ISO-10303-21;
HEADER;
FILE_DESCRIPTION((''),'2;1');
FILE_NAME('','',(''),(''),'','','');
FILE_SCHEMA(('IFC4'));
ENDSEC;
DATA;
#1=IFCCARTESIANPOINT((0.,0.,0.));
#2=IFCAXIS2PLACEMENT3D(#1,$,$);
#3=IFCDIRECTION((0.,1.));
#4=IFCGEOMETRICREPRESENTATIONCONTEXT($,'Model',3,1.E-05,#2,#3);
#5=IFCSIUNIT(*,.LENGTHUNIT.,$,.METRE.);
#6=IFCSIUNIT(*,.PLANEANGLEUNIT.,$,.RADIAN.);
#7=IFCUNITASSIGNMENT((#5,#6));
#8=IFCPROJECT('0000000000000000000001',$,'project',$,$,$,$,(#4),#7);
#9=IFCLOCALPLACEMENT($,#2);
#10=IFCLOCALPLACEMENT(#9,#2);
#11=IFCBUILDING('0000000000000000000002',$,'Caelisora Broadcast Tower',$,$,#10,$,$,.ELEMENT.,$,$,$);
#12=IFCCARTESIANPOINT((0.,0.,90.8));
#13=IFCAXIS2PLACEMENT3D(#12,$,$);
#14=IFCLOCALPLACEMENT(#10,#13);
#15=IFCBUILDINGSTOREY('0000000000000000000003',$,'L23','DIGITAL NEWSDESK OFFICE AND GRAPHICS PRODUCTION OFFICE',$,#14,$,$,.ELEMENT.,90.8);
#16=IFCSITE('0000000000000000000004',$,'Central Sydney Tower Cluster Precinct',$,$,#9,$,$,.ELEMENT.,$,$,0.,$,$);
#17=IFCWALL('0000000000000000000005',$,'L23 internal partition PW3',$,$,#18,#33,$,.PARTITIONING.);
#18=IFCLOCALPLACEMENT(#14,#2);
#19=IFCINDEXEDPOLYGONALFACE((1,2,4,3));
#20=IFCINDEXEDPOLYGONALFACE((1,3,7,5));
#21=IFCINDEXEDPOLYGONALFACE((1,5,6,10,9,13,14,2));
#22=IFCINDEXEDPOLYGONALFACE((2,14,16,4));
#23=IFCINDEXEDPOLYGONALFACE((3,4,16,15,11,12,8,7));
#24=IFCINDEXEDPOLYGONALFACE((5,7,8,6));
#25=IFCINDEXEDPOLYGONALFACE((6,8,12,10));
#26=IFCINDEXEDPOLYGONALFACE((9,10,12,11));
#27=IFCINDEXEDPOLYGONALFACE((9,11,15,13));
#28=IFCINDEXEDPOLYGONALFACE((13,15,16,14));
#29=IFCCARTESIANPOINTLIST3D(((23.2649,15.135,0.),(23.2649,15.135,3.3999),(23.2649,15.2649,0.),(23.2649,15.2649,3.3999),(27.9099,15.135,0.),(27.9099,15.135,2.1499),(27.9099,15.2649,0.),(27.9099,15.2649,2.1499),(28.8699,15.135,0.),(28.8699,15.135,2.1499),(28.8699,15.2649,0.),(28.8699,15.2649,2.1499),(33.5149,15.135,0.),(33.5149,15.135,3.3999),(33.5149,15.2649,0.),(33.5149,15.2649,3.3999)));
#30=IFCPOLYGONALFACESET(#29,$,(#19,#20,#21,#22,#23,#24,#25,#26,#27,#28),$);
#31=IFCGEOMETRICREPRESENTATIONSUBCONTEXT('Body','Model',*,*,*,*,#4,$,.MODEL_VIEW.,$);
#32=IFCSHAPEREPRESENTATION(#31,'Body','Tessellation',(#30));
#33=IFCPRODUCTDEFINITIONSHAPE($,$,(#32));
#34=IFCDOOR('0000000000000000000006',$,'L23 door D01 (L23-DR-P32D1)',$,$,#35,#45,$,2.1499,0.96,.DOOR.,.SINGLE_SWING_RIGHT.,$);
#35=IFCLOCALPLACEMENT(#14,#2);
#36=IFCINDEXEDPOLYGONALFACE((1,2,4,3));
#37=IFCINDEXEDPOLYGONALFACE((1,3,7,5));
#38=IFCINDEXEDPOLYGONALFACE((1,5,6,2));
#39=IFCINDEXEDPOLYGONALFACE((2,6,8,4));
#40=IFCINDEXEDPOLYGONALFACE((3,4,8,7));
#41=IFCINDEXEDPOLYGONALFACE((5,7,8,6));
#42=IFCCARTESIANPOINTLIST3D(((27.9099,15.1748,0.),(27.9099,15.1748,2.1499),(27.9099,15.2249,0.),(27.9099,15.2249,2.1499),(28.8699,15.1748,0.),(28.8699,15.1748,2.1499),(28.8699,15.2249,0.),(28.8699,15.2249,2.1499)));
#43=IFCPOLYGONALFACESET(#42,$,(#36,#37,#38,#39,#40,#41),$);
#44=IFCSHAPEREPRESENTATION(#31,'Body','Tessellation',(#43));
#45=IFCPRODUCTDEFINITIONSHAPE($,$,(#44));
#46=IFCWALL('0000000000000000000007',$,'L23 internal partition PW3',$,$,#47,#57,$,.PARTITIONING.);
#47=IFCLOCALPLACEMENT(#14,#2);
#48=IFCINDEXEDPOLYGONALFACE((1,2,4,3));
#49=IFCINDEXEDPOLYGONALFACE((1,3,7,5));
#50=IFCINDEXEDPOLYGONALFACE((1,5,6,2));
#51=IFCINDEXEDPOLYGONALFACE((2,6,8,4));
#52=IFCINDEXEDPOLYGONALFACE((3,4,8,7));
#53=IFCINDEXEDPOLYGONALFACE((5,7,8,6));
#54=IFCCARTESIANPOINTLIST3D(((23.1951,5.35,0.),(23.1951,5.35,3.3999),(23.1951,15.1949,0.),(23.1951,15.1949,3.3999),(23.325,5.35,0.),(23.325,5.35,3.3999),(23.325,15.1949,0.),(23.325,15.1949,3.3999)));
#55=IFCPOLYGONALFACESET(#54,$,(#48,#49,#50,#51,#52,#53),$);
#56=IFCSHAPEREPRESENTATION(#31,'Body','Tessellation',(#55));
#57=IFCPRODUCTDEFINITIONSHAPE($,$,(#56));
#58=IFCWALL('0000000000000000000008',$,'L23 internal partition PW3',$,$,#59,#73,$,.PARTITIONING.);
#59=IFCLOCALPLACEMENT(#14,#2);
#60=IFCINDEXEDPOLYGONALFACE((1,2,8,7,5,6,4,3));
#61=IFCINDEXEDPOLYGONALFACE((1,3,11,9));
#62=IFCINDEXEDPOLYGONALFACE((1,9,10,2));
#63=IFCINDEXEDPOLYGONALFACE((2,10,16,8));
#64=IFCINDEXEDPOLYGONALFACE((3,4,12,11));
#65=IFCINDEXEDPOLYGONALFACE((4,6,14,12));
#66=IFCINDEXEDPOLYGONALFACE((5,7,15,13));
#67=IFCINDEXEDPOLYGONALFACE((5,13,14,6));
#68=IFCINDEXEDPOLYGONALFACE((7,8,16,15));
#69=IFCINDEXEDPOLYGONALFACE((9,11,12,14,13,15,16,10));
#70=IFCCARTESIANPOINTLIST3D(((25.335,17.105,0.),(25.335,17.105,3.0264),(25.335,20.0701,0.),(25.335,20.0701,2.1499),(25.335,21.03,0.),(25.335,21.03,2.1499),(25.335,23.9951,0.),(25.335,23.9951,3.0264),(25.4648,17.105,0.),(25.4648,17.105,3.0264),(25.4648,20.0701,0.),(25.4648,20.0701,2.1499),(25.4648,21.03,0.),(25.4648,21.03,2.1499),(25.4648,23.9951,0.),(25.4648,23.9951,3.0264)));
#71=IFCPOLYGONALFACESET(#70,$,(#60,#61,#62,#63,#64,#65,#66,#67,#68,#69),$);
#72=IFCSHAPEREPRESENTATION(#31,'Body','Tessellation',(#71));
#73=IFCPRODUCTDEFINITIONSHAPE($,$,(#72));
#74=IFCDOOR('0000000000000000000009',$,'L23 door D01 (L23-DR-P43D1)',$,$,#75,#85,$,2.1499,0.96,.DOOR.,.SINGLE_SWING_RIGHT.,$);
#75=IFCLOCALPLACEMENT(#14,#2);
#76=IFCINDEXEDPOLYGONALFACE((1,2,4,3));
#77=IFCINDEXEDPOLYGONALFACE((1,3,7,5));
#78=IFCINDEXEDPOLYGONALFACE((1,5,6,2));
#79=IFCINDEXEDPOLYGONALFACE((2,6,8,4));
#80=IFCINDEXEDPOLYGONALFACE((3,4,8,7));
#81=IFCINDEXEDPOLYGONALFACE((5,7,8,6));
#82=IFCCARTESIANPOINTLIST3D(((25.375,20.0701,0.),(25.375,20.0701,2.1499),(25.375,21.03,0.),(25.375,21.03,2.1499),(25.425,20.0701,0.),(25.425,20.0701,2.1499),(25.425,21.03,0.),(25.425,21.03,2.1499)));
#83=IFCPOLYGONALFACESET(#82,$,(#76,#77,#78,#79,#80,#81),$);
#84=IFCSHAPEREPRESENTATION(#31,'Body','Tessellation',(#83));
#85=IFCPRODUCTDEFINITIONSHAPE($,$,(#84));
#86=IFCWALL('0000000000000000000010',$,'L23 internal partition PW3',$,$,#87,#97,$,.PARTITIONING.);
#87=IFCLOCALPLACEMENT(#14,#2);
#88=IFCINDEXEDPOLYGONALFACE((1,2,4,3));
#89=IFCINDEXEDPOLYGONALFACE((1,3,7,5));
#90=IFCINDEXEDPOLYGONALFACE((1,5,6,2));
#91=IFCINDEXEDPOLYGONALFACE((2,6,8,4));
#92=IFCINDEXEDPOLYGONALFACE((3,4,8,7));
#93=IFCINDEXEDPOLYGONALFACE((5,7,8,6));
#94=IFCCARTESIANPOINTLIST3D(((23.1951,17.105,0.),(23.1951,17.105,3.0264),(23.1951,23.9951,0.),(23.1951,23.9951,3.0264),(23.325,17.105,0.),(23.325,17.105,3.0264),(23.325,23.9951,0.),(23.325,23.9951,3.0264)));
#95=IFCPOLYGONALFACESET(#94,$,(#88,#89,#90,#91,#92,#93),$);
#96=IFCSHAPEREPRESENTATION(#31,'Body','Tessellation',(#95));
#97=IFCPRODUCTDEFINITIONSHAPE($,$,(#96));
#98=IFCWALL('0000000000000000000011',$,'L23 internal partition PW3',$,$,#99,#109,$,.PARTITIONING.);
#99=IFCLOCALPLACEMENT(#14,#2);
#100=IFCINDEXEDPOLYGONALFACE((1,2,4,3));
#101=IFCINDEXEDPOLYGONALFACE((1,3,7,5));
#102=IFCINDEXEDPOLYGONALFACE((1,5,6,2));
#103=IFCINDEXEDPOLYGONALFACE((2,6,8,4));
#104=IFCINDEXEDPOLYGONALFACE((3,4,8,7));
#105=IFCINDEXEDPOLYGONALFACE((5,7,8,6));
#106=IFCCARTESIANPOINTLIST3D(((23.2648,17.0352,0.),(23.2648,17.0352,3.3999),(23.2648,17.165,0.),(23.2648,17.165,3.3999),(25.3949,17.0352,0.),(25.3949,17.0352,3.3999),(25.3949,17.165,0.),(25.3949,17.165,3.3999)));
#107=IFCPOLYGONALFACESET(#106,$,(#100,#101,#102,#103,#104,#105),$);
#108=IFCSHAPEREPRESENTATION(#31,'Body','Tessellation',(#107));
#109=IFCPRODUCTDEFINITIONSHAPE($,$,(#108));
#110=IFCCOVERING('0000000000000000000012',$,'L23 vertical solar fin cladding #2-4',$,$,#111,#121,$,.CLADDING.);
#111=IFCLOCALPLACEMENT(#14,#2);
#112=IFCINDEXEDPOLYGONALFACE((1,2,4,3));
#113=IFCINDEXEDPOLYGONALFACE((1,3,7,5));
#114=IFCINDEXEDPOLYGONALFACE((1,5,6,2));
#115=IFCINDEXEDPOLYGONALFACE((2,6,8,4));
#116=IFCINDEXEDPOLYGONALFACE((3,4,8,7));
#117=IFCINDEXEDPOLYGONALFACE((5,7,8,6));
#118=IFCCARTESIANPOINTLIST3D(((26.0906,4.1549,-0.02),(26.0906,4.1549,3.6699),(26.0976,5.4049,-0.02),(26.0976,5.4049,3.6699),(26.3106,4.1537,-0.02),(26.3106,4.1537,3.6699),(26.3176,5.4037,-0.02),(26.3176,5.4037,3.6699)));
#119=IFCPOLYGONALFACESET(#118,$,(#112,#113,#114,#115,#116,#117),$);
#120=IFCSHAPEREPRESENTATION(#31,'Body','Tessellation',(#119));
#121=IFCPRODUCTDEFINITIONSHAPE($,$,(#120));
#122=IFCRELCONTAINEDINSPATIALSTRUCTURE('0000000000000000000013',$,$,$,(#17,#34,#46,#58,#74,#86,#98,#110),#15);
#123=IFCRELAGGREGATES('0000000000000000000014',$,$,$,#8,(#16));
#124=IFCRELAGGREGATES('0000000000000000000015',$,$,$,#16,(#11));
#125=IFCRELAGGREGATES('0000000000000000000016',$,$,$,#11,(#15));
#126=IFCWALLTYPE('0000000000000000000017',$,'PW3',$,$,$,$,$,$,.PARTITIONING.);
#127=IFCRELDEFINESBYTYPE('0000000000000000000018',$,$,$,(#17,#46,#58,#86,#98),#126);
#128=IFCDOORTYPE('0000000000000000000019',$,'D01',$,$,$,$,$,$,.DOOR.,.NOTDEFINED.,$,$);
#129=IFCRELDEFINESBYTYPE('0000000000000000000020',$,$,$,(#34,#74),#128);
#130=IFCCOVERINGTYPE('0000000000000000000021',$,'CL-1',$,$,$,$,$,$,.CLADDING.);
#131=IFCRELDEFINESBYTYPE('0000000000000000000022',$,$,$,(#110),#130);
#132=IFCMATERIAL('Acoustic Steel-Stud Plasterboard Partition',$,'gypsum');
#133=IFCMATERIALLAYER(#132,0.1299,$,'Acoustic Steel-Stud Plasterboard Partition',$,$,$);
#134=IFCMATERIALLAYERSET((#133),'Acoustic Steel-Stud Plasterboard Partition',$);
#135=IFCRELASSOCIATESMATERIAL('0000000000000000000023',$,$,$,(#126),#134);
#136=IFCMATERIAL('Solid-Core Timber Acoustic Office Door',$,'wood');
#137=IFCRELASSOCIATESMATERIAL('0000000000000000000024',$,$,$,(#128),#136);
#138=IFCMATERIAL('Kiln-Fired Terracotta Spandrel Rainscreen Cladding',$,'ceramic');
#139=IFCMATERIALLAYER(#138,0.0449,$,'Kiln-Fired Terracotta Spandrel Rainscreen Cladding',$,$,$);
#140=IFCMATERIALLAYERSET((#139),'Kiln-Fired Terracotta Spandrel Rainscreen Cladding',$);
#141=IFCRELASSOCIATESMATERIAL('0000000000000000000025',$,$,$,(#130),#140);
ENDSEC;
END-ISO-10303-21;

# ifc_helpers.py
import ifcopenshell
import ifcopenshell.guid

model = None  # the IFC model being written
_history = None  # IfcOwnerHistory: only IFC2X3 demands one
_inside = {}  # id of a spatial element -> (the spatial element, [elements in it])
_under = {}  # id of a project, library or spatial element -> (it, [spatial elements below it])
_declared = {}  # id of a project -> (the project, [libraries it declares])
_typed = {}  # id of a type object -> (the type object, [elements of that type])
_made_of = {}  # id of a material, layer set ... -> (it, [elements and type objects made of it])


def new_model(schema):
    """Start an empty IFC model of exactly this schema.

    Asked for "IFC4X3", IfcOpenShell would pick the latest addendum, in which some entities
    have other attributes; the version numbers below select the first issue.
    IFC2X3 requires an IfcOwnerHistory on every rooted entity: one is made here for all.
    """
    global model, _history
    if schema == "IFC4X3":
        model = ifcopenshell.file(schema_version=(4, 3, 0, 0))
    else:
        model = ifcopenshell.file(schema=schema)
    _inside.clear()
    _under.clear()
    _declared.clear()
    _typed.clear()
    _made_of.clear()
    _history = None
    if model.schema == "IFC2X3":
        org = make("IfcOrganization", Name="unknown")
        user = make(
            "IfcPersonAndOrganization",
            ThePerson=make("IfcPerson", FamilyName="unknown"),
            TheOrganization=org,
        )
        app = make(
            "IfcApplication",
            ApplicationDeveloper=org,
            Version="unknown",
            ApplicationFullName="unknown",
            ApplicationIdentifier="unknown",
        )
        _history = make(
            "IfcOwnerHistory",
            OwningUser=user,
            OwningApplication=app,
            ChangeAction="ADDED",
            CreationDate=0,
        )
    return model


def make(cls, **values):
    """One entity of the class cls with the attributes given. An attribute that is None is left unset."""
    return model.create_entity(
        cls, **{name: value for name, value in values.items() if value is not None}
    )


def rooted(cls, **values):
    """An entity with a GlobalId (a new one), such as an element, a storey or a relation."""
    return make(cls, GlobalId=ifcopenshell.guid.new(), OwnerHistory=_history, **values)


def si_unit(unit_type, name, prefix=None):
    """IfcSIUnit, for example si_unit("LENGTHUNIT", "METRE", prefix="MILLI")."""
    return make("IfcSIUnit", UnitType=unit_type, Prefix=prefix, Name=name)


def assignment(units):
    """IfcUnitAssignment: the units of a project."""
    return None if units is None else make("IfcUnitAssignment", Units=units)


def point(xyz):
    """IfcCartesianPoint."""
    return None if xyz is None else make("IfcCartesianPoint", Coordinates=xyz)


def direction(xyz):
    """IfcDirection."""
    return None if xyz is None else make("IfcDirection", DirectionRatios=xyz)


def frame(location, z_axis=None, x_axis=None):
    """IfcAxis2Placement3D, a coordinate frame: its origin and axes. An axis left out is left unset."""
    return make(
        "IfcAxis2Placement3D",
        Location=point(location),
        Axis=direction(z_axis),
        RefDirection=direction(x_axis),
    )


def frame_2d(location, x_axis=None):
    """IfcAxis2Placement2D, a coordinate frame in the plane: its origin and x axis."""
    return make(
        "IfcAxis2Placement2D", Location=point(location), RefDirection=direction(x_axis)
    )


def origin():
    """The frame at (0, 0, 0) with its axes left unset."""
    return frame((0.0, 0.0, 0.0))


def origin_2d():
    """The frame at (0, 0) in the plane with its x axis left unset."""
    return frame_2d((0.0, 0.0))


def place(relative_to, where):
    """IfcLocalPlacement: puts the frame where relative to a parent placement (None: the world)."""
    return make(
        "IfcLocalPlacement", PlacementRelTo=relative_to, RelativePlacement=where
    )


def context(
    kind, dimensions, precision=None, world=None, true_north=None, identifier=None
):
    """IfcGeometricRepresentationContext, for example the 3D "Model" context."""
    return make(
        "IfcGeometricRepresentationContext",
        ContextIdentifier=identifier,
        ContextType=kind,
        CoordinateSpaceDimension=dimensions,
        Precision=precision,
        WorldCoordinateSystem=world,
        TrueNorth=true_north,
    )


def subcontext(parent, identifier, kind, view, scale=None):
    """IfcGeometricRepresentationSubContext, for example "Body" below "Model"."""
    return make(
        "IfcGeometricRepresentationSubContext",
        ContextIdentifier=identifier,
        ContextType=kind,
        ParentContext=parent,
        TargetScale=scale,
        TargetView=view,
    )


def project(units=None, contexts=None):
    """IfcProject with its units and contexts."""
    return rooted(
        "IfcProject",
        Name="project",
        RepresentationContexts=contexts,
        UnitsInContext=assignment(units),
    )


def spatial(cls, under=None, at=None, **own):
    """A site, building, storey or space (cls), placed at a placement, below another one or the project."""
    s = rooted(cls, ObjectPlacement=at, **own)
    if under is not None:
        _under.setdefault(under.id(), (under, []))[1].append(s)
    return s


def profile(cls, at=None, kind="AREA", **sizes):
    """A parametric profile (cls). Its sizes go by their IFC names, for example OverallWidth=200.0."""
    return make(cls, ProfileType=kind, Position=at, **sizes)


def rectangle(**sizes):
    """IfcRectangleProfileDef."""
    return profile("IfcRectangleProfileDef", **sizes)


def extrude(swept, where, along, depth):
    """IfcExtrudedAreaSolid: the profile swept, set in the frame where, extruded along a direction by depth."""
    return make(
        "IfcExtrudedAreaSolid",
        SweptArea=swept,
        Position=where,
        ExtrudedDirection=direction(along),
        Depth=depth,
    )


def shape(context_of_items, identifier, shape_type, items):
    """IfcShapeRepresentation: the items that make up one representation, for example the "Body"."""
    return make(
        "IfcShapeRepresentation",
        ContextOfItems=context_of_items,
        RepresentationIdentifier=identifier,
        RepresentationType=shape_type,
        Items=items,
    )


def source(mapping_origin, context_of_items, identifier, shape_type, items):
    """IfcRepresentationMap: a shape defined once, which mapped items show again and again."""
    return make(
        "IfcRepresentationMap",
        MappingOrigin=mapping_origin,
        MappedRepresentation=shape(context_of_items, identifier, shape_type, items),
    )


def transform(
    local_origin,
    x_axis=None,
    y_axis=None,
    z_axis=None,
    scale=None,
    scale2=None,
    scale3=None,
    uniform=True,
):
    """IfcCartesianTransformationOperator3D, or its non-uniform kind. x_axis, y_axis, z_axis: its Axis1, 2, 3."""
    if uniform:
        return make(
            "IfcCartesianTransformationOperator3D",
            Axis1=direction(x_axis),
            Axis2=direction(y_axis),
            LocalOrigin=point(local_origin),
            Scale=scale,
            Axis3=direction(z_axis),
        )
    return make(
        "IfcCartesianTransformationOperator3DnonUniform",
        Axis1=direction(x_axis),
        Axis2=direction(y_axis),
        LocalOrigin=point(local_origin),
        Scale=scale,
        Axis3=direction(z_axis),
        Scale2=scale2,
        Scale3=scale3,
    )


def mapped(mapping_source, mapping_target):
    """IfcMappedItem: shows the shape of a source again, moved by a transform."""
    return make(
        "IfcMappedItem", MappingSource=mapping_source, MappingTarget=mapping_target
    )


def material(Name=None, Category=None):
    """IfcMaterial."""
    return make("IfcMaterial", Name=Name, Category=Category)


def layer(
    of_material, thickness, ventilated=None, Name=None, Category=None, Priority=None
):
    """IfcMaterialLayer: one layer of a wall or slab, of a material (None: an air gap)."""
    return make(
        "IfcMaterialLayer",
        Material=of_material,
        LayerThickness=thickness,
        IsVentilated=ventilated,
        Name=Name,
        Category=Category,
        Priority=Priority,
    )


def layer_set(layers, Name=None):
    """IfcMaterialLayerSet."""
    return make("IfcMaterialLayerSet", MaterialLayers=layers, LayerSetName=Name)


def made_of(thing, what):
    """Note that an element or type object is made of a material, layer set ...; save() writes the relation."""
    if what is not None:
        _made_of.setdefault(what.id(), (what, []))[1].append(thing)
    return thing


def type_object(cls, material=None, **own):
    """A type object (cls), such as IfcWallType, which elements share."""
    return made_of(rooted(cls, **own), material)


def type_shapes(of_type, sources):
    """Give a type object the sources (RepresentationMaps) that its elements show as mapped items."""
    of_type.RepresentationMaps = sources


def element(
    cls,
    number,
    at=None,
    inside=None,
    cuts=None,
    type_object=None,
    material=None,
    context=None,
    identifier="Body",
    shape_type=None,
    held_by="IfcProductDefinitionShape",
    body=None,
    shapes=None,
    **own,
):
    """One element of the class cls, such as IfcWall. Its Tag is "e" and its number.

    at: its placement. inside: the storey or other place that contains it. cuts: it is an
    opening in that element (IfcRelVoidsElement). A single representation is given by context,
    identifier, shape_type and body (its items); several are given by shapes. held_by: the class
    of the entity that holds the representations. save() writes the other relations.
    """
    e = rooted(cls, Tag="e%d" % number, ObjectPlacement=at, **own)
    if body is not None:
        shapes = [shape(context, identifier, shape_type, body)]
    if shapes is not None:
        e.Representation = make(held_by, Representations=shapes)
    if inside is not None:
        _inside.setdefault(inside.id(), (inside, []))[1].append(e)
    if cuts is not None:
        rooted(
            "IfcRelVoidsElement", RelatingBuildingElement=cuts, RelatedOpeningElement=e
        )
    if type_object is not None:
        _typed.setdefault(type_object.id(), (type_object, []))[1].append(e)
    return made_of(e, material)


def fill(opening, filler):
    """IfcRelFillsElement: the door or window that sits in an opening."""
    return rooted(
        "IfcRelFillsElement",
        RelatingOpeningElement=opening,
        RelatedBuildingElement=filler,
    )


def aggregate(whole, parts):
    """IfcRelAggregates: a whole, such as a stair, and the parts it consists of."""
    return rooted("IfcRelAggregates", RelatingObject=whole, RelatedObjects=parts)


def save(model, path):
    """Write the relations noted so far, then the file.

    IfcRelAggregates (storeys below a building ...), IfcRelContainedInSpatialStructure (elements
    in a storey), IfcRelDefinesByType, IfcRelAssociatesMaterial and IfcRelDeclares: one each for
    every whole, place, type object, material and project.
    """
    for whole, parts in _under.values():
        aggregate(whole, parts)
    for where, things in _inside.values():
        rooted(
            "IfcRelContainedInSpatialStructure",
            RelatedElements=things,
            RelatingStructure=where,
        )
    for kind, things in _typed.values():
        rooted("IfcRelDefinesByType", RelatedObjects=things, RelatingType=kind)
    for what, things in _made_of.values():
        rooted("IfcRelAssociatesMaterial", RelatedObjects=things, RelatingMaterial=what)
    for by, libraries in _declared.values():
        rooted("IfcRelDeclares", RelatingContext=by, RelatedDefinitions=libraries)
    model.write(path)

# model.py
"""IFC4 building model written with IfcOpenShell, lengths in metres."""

from ifc_helpers import new_model, si_unit, direction, frame, frame_2d, origin, origin_2d, place, context, subcontext, project, spatial, rectangle, extrude, source, transform, mapped, material, layer, layer_set, type_object, type_shapes, element, fill, save


model = new_model("IFC4")

# Units and contexts
model_context = context("Model", 3, precision=1e-05, world=origin(), true_north=direction((0.0, 1.0)))
body_context = subcontext(model_context, "Body", "Model", "MODEL_VIEW")
ifc_project = project(units=[si_unit("LENGTHUNIT", "METRE"), si_unit("PLANEANGLEUNIT", "RADIAN")], contexts=[model_context])

# Site, building, storey
site_placement = place(None, origin())
site = spatial("IfcSite", under=ifc_project, at=site_placement, Name="Central Sydney Tower Cluster Precinct", CompositionType="ELEMENT", RefElevation=0.0)
building_placement = place(site_placement, origin())
building = spatial("IfcBuilding", under=site, at=building_placement, Name="Caelisora Broadcast Tower", CompositionType="ELEMENT")
storey_placement = place(building_placement, frame((0.0, 0.0, 90.8)))
storey = spatial("IfcBuildingStorey", under=building, at=storey_placement, Name="L23", Description="DIGITAL NEWSDESK OFFICE AND GRAPHICS PRODUCTION OFFICE", CompositionType="ELEMENT", Elevation=90.8)

# Wall, opening, door
ifc_material_1 = material(Name="Acoustic Steel-Stud Plasterboard Partition", Category="gypsum")
ifc_layer_1 = layer(ifc_material_1, 0.1299, Name="Acoustic Steel-Stud Plasterboard Partition")
ifc_layer_set_1 = layer_set([ifc_layer_1], Name="Acoustic Steel-Stud Plasterboard Partition")
wall_type_1 = type_object("IfcWallType", Name="PW3", PredefinedType="PARTITIONING", material=ifc_layer_set_1)
wall_1_placement = place(storey_placement, frame((23.2649, 15.2, 0.0), z_axis=(0.0, 0.0, 1.0), x_axis=(1.0, 0.0, 0.0)))
wall_1 = element("IfcWall", 1, at=wall_1_placement, inside=storey, type_object=wall_type_1, Name="L23 internal partition PW3", PredefinedType="PARTITIONING", context=body_context, shape_type="SweptSolid", body=[
    extrude(rectangle(XDim=10.25, YDim=0.1299, at=frame_2d((5.125, 0.0))), origin(), (0.0, 0.0, 1.0), 3.3999),
])
opening_1_placement = place(wall_1_placement, frame((4.645, 0.0, 0.0)))
opening_1 = element("IfcOpeningElement", 2, at=opening_1_placement, cuts=wall_1, PredefinedType="OPENING", context=body_context, shape_type="SweptSolid", body=[
    extrude(rectangle(XDim=0.96, YDim=2.1499, at=frame_2d((0.48, 1.075))), frame((0.0, 0.0769, 0.0), z_axis=(0.0, -1.0, 0.0), x_axis=(1.0, 0.0, 0.0)), (0.0, 0.0, 1.0), 0.1538),
])
ifc_material_2 = material(Name="Solid-Core Timber Acoustic Office Door", Category="wood")
door_type_1 = type_object("IfcDoorType", Name="D01", OperationType="NOTDEFINED", PredefinedType="DOOR", material=ifc_material_2)
door_1_placement = place(opening_1_placement, origin())
door_1 = element("IfcDoor", 3, at=door_1_placement, inside=storey, type_object=door_type_1, Name="L23 door D01 (L23-DR-P32D1)", OperationType="SINGLE_SWING_RIGHT", OverallHeight=2.1499, OverallWidth=0.96, PredefinedType="DOOR", context=body_context, shape_type="SweptSolid", body=[
    extrude(rectangle(XDim=0.96, YDim=2.1499, at=frame_2d((0.48, 1.075))), frame((0.0, 0.0249, 0.0), z_axis=(0.0, -1.0, 0.0), x_axis=(1.0, 0.0, 0.0)), (0.0, 0.0, 1.0), 0.05),
])
fill(opening_1, door_1)

# Wall
wall_2_placement = place(storey_placement, frame((23.26, 5.3501, 0.0), z_axis=(0.0, 0.0, 1.0), x_axis=(0.0, 1.0, 0.0)))
element("IfcWall", 4, at=wall_2_placement, inside=storey, type_object=wall_type_1, Name="L23 internal partition PW3", PredefinedType="PARTITIONING", context=body_context, shape_type="SweptSolid", body=[
    extrude(rectangle(XDim=9.845, YDim=0.1299, at=frame_2d((4.9224, 0.0))), origin(), (0.0, 0.0, 1.0), 3.3999),
])

# Wall, opening, door
wall_3_placement = place(storey_placement, frame((25.3999, 17.105, 0.0), z_axis=(0.0, 0.0, 1.0), x_axis=(0.0, 1.0, 0.0)))
wall_3 = element("IfcWall", 5, at=wall_3_placement, inside=storey, type_object=wall_type_1, Name="L23 internal partition PW3", PredefinedType="PARTITIONING", context=body_context, shape_type="SweptSolid", body=[
    extrude(rectangle(XDim=6.8901, YDim=0.1299, at=frame_2d((3.4451, 0.0))), origin(), (0.0, 0.0, 1.0), 3.0264),
])
opening_2_placement = place(wall_3_placement, frame((2.9651, 0.0, 0.0)))
opening_2 = element("IfcOpeningElement", 6, at=opening_2_placement, cuts=wall_3, PredefinedType="OPENING", context=body_context, shape_type="SweptSolid", body=[
    extrude(rectangle(XDim=0.96, YDim=2.1499, at=frame_2d((0.48, 1.075))), frame((0.0, 0.0769, 0.0), z_axis=(0.0, -1.0, 0.0), x_axis=(1.0, 0.0, 0.0)), (0.0, 0.0, 1.0), 0.1538),
])
door_2_placement = place(opening_2_placement, origin())
door_2 = element("IfcDoor", 7, at=door_2_placement, inside=storey, type_object=door_type_1, Name="L23 door D01 (L23-DR-P43D1)", OperationType="SINGLE_SWING_RIGHT", OverallHeight=2.1499, OverallWidth=0.96, PredefinedType="DOOR", context=body_context, shape_type="SweptSolid", body=[
    extrude(rectangle(XDim=0.96, YDim=2.1499, at=frame_2d((0.48, 1.075))), frame((0.0, 0.0249, 0.0), z_axis=(0.0, -1.0, 0.0), x_axis=(1.0, 0.0, 0.0)), (0.0, 0.0, 1.0), 0.05),
])
fill(opening_2, door_2)

# Walls
wall_4_placement = place(storey_placement, frame((23.26, 17.105, 0.0), z_axis=(0.0, 0.0, 1.0), x_axis=(0.0, 1.0, 0.0)))
element("IfcWall", 8, at=wall_4_placement, inside=storey, type_object=wall_type_1, Name="L23 internal partition PW3", PredefinedType="PARTITIONING", context=body_context, shape_type="SweptSolid", body=[
    extrude(rectangle(XDim=6.8901, YDim=0.1299, at=frame_2d((3.4451, 0.0))), origin(), (0.0, 0.0, 1.0), 3.0264),
])
wall_5_placement = place(storey_placement, frame((23.2649, 17.1001, 0.0), z_axis=(0.0, 0.0, 1.0), x_axis=(1.0, 0.0, 0.0)))
element("IfcWall", 9, at=wall_5_placement, inside=storey, type_object=wall_type_1, Name="L23 internal partition PW3", PredefinedType="PARTITIONING", context=body_context, shape_type="SweptSolid", body=[
    extrude(rectangle(XDim=2.1301, YDim=0.1299, at=frame_2d((1.0649, 0.0))), origin(), (0.0, 0.0, 1.0), 3.3999),
])

# Covering
ifc_material_3 = material(Name="Kiln-Fired Terracotta Spandrel Rainscreen Cladding", Category="ceramic")
ifc_layer_2 = layer(ifc_material_3, 0.0449, Name="Kiln-Fired Terracotta Spandrel Rainscreen Cladding")
ifc_layer_set_2 = layer_set([ifc_layer_2], Name="Kiln-Fired Terracotta Spandrel Rainscreen Cladding")
covering_type = type_object("IfcCoveringType", Name="CL-1", PredefinedType="CLADDING", material=ifc_layer_set_2)
shared_shape_1 = source(origin(), body_context, "Body", "SweptSolid", [
    extrude(rectangle(XDim=0.22, YDim=1.25, at=origin_2d()), origin(), (0.0, 0.0, 1.0), 3.6899),
])
type_shapes(covering_type, [shared_shape_1])
covering_placement = place(storey_placement, frame((26.2041, 4.7793, -0.02), z_axis=(0.0, 0.0, 1.0), x_axis=(-0.999984, 0.005585, 0.0)))
element("IfcCovering", 10, at=covering_placement, inside=storey, type_object=covering_type, Name="L23 vertical solar fin cladding #2-4", PredefinedType="CLADDING", context=body_context, shape_type="MappedRepresentation", body=[
    mapped(shared_shape_1, transform((0.0, 0.0, 0.0), scale=1.0)),
])

save(model, "model.ifc")
